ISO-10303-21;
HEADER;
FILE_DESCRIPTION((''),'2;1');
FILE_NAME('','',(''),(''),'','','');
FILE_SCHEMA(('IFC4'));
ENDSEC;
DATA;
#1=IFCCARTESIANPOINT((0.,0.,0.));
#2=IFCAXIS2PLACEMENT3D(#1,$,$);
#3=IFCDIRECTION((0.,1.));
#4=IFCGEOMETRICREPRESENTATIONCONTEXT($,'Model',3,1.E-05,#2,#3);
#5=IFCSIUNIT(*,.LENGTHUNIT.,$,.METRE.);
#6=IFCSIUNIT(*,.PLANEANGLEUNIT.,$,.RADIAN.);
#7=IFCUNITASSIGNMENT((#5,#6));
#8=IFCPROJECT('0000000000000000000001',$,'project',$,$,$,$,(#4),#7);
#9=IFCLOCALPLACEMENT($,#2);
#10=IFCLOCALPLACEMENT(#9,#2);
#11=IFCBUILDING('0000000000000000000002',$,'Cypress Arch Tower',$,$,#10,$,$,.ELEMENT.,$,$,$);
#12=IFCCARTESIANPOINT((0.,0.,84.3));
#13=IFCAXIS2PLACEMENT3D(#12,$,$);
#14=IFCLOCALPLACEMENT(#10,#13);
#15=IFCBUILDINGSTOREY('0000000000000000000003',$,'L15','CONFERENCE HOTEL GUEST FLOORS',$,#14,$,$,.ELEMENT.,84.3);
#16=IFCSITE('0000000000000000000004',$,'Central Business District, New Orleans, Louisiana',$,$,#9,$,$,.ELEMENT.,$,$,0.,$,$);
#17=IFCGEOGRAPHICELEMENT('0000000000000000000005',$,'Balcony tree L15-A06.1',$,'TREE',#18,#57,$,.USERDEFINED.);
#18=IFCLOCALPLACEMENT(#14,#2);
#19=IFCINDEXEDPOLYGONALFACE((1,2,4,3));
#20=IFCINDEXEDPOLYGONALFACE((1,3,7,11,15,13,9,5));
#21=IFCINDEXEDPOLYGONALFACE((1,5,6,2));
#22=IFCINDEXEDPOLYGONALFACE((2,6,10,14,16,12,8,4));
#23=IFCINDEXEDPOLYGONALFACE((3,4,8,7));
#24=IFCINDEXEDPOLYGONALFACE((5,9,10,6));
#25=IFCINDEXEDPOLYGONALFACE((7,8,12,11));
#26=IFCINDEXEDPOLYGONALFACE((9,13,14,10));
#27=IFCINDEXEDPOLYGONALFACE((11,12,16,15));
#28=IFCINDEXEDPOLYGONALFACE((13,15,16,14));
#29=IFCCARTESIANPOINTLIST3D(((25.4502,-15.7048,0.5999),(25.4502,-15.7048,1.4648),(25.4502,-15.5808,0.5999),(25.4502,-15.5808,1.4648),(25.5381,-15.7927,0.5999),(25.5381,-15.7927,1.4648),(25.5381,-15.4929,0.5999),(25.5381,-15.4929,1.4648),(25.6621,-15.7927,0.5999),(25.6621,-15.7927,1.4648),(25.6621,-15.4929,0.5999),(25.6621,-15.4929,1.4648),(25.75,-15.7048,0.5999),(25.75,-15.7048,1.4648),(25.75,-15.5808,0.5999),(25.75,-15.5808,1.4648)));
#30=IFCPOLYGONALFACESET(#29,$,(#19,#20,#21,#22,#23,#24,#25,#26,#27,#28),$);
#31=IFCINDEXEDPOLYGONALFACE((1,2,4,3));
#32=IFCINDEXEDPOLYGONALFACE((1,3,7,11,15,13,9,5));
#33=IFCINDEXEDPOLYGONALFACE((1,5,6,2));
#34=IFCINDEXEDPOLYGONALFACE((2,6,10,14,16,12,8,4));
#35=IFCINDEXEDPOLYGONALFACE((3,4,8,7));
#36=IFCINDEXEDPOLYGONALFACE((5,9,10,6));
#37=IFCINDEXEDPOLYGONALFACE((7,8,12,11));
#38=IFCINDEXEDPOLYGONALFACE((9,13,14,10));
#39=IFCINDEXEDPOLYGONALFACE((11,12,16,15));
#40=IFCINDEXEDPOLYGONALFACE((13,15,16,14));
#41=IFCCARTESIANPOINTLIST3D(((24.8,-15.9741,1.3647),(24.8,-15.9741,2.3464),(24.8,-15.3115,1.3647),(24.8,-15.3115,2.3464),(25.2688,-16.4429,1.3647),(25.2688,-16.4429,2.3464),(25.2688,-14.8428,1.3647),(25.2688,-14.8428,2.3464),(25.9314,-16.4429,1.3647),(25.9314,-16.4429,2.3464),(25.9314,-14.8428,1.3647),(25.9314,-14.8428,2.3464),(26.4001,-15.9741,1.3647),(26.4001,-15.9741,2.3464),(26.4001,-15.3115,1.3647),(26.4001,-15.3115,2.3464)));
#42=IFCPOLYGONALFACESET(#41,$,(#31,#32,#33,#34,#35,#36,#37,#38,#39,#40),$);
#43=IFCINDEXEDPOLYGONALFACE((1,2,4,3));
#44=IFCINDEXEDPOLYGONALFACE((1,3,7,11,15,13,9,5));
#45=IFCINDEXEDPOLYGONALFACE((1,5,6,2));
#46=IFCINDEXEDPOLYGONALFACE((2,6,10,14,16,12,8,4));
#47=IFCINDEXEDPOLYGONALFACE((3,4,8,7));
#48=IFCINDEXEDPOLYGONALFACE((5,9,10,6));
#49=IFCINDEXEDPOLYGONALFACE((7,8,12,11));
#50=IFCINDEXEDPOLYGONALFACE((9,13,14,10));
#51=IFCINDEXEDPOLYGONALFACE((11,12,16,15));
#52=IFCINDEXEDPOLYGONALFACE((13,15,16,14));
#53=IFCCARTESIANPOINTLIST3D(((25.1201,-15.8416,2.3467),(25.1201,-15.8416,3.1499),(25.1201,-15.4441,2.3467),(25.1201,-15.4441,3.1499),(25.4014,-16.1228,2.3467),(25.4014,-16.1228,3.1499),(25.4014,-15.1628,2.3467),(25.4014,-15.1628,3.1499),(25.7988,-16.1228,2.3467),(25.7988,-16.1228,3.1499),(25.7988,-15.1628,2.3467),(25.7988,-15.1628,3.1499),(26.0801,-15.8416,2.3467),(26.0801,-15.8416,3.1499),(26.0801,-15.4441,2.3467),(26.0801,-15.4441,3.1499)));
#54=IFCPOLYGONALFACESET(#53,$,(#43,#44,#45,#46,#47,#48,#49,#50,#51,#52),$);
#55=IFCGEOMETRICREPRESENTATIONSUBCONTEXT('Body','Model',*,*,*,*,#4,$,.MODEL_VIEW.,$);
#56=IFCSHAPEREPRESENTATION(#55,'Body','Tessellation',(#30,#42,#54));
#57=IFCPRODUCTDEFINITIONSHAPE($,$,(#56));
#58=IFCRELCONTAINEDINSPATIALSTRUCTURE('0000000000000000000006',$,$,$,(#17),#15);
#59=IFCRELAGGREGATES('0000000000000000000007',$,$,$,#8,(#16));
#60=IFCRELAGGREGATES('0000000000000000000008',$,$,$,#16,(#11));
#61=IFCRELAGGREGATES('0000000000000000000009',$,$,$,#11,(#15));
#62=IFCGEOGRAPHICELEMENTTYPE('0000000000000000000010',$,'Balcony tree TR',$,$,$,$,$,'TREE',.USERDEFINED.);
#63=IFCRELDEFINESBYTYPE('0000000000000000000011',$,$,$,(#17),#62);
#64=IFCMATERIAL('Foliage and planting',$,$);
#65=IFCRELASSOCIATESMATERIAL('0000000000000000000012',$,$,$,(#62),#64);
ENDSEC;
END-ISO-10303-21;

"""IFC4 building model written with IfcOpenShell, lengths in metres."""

from ifc_helpers import new_model, si_unit, direction, frame, origin, place, context, subcontext, project, spatial, polyline, outline, extrude, material, type_object, element, save


model = new_model("IFC4")

# Units and contexts
model_context = context("Model", 3, precision=1e-05, world=origin(), true_north=direction((0.0, 1.0)))
body_context = subcontext(model_context, "Body", "Model", "MODEL_VIEW")
ifc_project = project(units=[si_unit("LENGTHUNIT", "METRE"), si_unit("PLANEANGLEUNIT", "RADIAN")], contexts=[model_context])

# Site, building, storey
site_placement = place(None, origin())
site = spatial("IfcSite", under=ifc_project, at=site_placement, Name="Central Business District, New Orleans, Louisiana", CompositionType="ELEMENT", RefElevation=0.0)
building_placement = place(site_placement, origin())
building = spatial("IfcBuilding", under=site, at=building_placement, Name="Cypress Arch Tower", CompositionType="ELEMENT")
storey_placement = place(building_placement, frame((0.0, 0.0, 84.3)))
storey = spatial("IfcBuildingStorey", under=building, at=storey_placement, Name="L15", Description="CONFERENCE HOTEL GUEST FLOORS", CompositionType="ELEMENT", Elevation=84.3)

# Geographic element
ifc_material_1 = material(Name="Foliage and planting")
geographic_element_type = type_object("IfcGeographicElementType", Name="Balcony tree TR", ElementType="TREE", PredefinedType="USERDEFINED", material=ifc_material_1)
geographic_element_placement = place(storey_placement, frame((25.6001, -15.6428, 0.5999), z_axis=(0.0, 0.0, 1.0), x_axis=(1.0, 0.0, 0.0)))
element("IfcGeographicElement", 1, at=geographic_element_placement, inside=storey, type_object=geographic_element_type, Name="Balcony tree L15-A06.1", ObjectType="TREE", PredefinedType="USERDEFINED", context=body_context, shape_type="SweptSolid", body=[
    extrude(outline(polyline([(0.1499, 0.062), (0.062, 0.1499), (-0.062, 0.1499), (-0.1499, 0.062), (-0.1499, -0.062), (-0.062, -0.1499), (0.062, -0.1499), (0.1499, -0.062), (0.1499, 0.062)])), origin(), (0.0, 0.0, 1.0), 0.865),
    extrude(outline(polyline([(0.8, 0.3313), (0.3313, 0.8), (-0.3313, 0.8), (-0.8, 0.3313), (-0.8, -0.3313), (-0.3313, -0.8), (0.3313, -0.8), (0.8, -0.3313), (0.8, 0.3313)])), frame((0.0, 0.0, 0.7649)), (0.0, 0.0, 1.0), 0.9817),
    extrude(outline(polyline([(0.48, 0.1987), (0.1987, 0.48), (-0.1987, 0.48), (-0.48, 0.1987), (-0.48, -0.1987), (-0.1987, -0.48), (0.1987, -0.48), (0.48, -0.1987), (0.48, 0.1987)])), frame((0.0, 0.0, 1.7468)), (0.0, 0.0, 1.0), 0.8032),
])

save(model, "model.ifc")
